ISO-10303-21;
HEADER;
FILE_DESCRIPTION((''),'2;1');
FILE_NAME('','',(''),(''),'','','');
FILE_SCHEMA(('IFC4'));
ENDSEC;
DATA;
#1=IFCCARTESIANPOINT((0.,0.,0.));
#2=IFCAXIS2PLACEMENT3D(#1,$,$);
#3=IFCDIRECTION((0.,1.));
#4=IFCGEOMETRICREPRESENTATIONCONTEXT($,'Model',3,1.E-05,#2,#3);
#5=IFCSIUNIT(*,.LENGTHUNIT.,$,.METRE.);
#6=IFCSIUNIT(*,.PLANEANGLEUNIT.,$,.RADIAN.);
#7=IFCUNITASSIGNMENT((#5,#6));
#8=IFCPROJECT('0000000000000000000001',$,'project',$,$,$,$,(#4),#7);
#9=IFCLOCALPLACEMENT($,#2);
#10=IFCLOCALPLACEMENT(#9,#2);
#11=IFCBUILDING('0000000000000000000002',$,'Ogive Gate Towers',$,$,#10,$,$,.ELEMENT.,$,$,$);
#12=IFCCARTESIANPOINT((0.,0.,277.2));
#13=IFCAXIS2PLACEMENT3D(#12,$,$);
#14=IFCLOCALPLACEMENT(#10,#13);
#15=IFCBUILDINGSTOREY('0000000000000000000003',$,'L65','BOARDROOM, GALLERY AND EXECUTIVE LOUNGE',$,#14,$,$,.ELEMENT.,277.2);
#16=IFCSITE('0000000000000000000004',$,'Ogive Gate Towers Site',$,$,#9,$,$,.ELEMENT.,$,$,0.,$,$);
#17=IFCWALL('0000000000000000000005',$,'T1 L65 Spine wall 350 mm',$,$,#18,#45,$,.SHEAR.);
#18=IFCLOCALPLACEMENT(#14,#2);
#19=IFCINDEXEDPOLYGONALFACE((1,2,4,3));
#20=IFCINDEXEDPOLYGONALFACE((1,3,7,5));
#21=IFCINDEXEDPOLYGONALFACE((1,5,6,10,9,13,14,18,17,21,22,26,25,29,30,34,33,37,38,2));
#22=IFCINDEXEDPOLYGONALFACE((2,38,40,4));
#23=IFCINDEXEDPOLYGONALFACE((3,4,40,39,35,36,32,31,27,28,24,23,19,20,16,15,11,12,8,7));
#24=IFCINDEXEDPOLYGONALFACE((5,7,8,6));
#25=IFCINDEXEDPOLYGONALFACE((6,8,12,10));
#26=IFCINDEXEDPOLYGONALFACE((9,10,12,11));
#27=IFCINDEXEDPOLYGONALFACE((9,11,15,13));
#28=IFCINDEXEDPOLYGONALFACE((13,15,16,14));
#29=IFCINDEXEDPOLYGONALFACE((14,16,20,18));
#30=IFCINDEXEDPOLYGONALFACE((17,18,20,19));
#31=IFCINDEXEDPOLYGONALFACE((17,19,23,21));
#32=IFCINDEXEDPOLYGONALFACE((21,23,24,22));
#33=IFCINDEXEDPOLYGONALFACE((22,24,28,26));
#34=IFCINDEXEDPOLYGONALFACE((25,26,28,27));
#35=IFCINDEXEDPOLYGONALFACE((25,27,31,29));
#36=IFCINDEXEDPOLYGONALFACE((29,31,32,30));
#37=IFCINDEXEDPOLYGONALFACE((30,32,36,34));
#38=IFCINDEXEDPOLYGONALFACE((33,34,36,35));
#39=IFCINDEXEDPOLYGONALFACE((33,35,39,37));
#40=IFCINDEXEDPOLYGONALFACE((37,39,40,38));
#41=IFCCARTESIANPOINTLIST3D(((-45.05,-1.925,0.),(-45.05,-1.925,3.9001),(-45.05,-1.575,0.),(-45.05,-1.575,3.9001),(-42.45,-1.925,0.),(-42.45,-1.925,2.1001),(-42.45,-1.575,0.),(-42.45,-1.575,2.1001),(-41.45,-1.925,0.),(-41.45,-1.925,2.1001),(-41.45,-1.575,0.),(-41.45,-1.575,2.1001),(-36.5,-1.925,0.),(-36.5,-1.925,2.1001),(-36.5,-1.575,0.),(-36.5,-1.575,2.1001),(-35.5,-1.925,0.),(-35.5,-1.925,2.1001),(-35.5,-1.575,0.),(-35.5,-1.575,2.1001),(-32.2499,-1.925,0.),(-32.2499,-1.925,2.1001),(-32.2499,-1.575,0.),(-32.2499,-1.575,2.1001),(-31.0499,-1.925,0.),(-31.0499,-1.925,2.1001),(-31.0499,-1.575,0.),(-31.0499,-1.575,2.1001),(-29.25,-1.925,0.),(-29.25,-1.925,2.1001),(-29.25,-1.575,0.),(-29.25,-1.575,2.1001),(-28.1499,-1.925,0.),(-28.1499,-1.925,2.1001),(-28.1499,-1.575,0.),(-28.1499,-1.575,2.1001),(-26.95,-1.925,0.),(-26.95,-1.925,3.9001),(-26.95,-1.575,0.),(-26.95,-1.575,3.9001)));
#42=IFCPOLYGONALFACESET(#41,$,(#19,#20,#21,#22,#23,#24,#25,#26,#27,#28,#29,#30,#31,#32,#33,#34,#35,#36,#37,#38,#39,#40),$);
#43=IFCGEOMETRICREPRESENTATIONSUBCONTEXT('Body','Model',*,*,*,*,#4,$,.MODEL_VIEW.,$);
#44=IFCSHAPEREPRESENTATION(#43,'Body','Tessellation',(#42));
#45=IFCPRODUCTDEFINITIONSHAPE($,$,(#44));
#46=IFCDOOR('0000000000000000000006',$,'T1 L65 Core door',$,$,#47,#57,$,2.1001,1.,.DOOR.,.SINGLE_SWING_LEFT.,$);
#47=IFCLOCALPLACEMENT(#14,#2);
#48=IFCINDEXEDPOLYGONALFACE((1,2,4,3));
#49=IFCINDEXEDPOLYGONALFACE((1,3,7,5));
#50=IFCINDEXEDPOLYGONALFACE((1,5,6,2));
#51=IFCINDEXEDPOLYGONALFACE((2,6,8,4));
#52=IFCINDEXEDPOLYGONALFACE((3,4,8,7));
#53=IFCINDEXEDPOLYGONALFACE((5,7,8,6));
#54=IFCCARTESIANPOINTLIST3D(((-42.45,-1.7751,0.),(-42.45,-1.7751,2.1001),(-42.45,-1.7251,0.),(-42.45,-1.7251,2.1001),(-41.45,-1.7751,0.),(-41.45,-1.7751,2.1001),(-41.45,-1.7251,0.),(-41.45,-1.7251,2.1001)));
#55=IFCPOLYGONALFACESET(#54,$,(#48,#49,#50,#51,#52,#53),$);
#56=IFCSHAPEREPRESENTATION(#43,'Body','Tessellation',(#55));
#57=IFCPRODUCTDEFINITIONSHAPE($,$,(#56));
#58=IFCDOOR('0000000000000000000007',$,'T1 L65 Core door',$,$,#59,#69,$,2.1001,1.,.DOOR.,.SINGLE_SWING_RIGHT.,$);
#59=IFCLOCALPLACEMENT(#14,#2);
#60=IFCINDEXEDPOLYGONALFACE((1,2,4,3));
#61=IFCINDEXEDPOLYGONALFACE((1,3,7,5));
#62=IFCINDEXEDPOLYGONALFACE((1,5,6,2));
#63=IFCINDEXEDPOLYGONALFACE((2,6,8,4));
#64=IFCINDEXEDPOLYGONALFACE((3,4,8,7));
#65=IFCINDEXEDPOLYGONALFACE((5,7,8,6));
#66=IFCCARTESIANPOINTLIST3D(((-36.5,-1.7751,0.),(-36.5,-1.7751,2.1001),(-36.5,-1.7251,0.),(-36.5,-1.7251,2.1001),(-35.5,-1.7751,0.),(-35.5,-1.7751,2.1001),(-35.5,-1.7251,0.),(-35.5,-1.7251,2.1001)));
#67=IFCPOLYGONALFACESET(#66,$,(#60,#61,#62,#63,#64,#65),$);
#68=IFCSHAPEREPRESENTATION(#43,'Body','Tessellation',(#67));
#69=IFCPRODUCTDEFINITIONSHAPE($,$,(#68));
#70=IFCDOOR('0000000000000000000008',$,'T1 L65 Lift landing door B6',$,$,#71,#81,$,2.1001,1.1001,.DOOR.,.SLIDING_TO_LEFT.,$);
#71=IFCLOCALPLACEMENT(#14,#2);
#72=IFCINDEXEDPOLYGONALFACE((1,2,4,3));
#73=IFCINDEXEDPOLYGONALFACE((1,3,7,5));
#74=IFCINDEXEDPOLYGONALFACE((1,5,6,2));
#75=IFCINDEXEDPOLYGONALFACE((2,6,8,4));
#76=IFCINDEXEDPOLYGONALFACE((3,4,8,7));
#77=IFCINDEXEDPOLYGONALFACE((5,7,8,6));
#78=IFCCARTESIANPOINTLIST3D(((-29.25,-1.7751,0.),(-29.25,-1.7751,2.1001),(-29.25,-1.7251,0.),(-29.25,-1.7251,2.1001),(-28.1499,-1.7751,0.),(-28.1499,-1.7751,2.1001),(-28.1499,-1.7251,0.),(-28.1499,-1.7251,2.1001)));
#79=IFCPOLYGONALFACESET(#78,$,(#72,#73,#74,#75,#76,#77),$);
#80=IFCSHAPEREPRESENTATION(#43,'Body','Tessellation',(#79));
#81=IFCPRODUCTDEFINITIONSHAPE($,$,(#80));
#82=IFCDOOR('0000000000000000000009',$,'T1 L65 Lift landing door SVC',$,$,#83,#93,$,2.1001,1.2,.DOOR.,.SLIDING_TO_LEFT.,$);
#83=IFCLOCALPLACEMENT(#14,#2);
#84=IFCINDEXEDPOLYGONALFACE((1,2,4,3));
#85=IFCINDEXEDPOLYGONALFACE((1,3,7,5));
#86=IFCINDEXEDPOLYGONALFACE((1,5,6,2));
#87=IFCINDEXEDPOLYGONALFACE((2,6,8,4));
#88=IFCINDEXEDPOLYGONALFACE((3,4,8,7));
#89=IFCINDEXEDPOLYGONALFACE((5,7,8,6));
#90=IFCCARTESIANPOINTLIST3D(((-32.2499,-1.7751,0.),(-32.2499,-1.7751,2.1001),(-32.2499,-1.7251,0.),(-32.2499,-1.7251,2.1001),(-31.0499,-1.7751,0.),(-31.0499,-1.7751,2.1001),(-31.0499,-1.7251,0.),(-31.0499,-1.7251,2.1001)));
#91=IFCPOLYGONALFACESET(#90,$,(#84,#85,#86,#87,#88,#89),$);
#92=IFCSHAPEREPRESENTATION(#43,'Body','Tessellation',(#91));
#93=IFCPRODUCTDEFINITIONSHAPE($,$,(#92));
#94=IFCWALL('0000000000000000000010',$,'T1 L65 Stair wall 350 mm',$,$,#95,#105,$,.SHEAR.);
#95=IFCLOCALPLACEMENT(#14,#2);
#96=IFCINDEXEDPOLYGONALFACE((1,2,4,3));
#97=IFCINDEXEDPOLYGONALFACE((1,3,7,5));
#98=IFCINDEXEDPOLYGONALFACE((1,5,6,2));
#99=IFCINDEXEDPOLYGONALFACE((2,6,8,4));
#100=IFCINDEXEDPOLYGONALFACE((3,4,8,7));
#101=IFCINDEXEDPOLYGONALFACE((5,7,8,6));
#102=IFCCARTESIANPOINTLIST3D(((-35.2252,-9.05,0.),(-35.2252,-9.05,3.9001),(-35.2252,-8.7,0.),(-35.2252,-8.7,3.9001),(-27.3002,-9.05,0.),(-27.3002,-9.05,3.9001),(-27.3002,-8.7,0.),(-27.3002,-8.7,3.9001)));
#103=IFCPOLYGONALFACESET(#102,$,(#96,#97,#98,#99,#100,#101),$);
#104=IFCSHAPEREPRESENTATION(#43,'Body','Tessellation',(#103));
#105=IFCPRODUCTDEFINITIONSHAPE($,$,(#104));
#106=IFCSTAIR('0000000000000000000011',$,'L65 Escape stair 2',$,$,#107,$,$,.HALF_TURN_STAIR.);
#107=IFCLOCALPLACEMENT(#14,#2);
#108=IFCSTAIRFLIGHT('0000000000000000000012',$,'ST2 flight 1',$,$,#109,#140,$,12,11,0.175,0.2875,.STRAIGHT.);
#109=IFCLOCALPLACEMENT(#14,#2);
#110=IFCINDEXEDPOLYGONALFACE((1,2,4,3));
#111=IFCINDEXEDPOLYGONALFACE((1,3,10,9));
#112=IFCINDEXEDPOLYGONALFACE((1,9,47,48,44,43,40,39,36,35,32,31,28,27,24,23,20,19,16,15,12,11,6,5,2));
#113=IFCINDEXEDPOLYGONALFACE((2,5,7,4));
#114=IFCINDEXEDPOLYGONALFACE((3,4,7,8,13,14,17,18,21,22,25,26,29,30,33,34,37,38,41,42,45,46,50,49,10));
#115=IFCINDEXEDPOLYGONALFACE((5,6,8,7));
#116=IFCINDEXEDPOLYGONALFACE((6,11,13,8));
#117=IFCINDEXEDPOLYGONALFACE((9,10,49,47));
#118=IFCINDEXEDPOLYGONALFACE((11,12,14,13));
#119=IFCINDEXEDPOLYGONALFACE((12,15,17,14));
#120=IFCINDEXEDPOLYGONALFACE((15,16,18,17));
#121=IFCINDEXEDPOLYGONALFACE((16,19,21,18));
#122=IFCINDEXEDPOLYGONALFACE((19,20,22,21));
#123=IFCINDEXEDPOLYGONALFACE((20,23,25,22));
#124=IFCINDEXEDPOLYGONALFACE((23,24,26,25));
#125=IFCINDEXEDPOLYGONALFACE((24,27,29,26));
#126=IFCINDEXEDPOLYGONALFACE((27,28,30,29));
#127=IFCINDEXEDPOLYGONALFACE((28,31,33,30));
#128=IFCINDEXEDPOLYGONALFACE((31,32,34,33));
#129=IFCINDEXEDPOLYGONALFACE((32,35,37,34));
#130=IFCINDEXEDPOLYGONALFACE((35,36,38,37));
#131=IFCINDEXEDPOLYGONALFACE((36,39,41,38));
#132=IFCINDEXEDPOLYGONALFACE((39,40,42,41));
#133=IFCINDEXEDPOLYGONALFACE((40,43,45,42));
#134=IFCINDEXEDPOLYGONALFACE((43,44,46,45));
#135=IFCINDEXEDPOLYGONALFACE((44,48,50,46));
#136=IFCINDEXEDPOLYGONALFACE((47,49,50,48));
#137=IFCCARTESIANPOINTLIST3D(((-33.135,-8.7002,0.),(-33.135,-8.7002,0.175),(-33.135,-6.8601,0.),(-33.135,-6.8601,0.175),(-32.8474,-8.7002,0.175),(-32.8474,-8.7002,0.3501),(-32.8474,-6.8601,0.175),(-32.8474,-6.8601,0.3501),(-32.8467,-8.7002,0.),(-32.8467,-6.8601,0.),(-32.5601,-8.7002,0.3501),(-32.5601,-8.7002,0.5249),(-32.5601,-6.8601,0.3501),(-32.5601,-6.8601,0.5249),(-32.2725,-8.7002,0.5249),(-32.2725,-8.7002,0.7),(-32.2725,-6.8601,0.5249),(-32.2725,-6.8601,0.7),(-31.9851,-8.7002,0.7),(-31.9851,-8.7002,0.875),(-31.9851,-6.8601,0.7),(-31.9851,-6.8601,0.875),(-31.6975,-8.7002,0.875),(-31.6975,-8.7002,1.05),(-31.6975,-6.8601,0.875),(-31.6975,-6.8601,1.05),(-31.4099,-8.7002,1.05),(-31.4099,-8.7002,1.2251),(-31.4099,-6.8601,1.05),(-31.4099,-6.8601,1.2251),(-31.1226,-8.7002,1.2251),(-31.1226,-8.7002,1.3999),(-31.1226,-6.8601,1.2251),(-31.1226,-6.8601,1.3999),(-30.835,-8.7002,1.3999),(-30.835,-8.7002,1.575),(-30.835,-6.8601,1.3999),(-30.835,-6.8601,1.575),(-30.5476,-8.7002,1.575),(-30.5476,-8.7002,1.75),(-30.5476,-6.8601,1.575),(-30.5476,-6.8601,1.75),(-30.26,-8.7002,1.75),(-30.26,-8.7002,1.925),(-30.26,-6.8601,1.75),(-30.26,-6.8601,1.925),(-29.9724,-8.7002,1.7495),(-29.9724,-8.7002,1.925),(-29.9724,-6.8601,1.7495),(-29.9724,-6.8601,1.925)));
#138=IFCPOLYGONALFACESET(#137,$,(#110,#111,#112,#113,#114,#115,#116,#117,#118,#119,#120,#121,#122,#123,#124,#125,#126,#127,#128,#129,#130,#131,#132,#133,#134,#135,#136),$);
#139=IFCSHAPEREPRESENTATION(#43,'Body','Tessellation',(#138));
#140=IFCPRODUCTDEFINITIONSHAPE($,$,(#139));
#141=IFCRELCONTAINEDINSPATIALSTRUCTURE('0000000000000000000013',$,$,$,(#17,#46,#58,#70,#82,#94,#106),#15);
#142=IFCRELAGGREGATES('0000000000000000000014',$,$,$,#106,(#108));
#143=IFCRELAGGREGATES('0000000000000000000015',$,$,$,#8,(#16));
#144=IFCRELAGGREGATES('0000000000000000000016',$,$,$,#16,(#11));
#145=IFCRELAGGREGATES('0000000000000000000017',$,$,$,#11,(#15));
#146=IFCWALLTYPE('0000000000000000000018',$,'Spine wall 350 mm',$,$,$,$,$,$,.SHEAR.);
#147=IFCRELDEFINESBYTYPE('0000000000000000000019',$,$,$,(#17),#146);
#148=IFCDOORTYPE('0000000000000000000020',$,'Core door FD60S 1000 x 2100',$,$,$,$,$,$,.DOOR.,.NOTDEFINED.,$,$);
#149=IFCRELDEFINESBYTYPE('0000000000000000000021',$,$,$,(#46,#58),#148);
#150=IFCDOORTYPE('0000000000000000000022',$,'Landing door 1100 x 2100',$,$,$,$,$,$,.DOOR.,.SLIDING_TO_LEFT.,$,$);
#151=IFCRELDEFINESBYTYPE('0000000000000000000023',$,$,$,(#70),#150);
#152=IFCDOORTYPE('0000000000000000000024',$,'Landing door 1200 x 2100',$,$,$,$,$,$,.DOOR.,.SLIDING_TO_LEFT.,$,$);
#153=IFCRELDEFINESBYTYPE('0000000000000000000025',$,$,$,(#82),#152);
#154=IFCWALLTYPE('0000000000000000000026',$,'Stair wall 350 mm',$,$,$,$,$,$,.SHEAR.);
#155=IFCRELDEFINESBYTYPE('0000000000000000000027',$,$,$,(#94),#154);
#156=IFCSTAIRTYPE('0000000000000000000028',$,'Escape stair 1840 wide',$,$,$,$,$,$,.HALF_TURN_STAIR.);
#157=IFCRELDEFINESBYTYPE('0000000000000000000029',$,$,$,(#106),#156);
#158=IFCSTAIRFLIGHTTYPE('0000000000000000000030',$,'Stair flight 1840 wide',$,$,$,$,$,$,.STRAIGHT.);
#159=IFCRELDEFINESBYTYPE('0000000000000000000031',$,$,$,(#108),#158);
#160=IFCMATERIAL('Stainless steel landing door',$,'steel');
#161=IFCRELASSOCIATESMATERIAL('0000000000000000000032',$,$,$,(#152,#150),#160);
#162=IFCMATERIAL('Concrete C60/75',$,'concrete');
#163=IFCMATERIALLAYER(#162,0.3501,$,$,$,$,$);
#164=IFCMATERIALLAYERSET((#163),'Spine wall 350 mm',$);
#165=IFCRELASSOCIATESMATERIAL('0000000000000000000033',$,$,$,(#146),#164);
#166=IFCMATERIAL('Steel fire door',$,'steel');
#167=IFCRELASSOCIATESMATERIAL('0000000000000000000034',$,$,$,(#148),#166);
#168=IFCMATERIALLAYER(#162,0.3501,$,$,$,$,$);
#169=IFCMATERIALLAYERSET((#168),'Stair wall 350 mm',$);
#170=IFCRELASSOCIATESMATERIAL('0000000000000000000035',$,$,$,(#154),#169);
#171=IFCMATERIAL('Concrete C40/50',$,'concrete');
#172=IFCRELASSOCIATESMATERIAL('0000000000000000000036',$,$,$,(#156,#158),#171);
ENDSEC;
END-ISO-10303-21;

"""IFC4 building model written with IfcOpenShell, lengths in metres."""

from ifc_helpers import new_model, si_unit, direction, frame, frame_2d, origin, place, context, subcontext, project, spatial, polyline, rectangle, outline, extrude, material, layer, layer_set, type_object, element, fill, aggregate, save


model = new_model("IFC4")

# Units and contexts
model_context = context("Model", 3, precision=1e-05, world=origin(), true_north=direction((0.0, 1.0)))
body_context = subcontext(model_context, "Body", "Model", "MODEL_VIEW")
ifc_project = project(units=[si_unit("LENGTHUNIT", "METRE"), si_unit("PLANEANGLEUNIT", "RADIAN")], contexts=[model_context])

# Site, building, storey
site_placement = place(None, origin())
site = spatial("IfcSite", under=ifc_project, at=site_placement, Name="Ogive Gate Towers Site", CompositionType="ELEMENT", RefElevation=0.0)
building_placement = place(site_placement, origin())
building = spatial("IfcBuilding", under=site, at=building_placement, Name="Ogive Gate Towers", CompositionType="ELEMENT")
storey_placement = place(building_placement, frame((0.0, 0.0, 277.2)))
storey = spatial("IfcBuildingStorey", under=building, at=storey_placement, Name="L65", Description="BOARDROOM, GALLERY AND EXECUTIVE LOUNGE", CompositionType="ELEMENT", Elevation=277.2)

# Shared definitions
ifc_material_1 = material(Name="Concrete C60/75", Category="concrete")

# Shared definitions
ifc_material_2 = material(Name="Stainless steel landing door", Category="steel")
door_type_1 = type_object("IfcDoorType", Name="Landing door 1200 x 2100", OperationType="SLIDING_TO_LEFT", PredefinedType="DOOR", material=ifc_material_2)
ifc_material_3 = material(Name="Steel fire door", Category="steel")

# Wall, openings, doors
ifc_layer_1 = layer(ifc_material_1, 0.3501)
ifc_layer_set_1 = layer_set([ifc_layer_1], Name="Spine wall 350 mm")
wall_type_1 = type_object("IfcWallType", Name="Spine wall 350 mm", PredefinedType="SHEAR", material=ifc_layer_set_1)
wall_1_placement = place(storey_placement, frame((-45.05, -1.75, 0.0), z_axis=(0.0, 0.0, 1.0), x_axis=(1.0, 0.0, 0.0)))
wall_1 = element("IfcWall", 1, at=wall_1_placement, inside=storey, type_object=wall_type_1, Name="T1 L65 Spine wall 350 mm", PredefinedType="SHEAR", context=body_context, shape_type="SweptSolid", body=[
    extrude(rectangle(XDim=18.1001, YDim=0.3501, at=frame_2d((9.05, 0.0))), origin(), (0.0, 0.0, 1.0), 3.9001),
])
opening_1_placement = place(wall_1_placement, frame((12.8, 0.0, 0.0)))
opening_1 = element("IfcOpeningElement", 2, at=opening_1_placement, cuts=wall_1, PredefinedType="OPENING", context=body_context, shape_type="SweptSolid", body=[
    extrude(rectangle(XDim=1.2, YDim=2.1001, at=frame_2d((0.6001, 1.05))), frame((0.0, 0.1851, 0.0), z_axis=(0.0, -1.0, 0.0), x_axis=(1.0, 0.0, 0.0)), (0.0, 0.0, 1.0), 0.3701),
])
opening_2_placement = place(wall_1_placement, frame((15.8, 0.0, 0.0)))
opening_2 = element("IfcOpeningElement", 3, at=opening_2_placement, cuts=wall_1, PredefinedType="OPENING", context=body_context, shape_type="SweptSolid", body=[
    extrude(rectangle(XDim=1.1001, YDim=2.1001, at=frame_2d((0.55, 1.05))), frame((0.0, 0.1851, 0.0), z_axis=(0.0, -1.0, 0.0), x_axis=(1.0, 0.0, 0.0)), (0.0, 0.0, 1.0), 0.3701),
])
opening_3_placement = place(wall_1_placement, frame((2.6001, 0.0, 0.0)))
opening_3 = element("IfcOpeningElement", 4, at=opening_3_placement, cuts=wall_1, PredefinedType="OPENING", context=body_context, shape_type="SweptSolid", body=[
    extrude(rectangle(XDim=1.0, YDim=2.1001, at=frame_2d((0.5, 1.05))), frame((0.0, 0.1851, 0.0), z_axis=(0.0, -1.0, 0.0), x_axis=(1.0, 0.0, 0.0)), (0.0, 0.0, 1.0), 0.3701),
])
opening_4_placement = place(wall_1_placement, frame((8.55, 0.0, 0.0)))
opening_4 = element("IfcOpeningElement", 5, at=opening_4_placement, cuts=wall_1, PredefinedType="OPENING", context=body_context, shape_type="SweptSolid", body=[
    extrude(rectangle(XDim=1.0, YDim=2.1001, at=frame_2d((0.5, 1.05))), frame((0.0, 0.1851, 0.0), z_axis=(0.0, -1.0, 0.0), x_axis=(1.0, 0.0, 0.0)), (0.0, 0.0, 1.0), 0.3701),
])
door_type_2 = type_object("IfcDoorType", Name="Core door FD60S 1000 x 2100", OperationType="NOTDEFINED", PredefinedType="DOOR", material=ifc_material_3)
door_1_placement = place(opening_3_placement, origin())
door_1 = element("IfcDoor", 6, at=door_1_placement, inside=storey, type_object=door_type_2, Name="T1 L65 Core door", OperationType="SINGLE_SWING_LEFT", OverallHeight=2.1001, OverallWidth=1.0, PredefinedType="DOOR", context=body_context, shape_type="SweptSolid", body=[
    extrude(rectangle(XDim=1.0, YDim=2.1001, at=frame_2d((0.5, 1.05))), frame((0.0, 0.0249, 0.0), z_axis=(0.0, -1.0, 0.0), x_axis=(1.0, 0.0, 0.0)), (0.0, 0.0, 1.0), 0.05),
])
fill(opening_3, door_1)
door_2_placement = place(opening_4_placement, origin())
door_2 = element("IfcDoor", 7, at=door_2_placement, inside=storey, type_object=door_type_2, Name="T1 L65 Core door", OperationType="SINGLE_SWING_RIGHT", OverallHeight=2.1001, OverallWidth=1.0, PredefinedType="DOOR", context=body_context, shape_type="SweptSolid", body=[
    extrude(rectangle(XDim=1.0, YDim=2.1001, at=frame_2d((0.5, 1.05))), frame((0.0, 0.0249, 0.0), z_axis=(0.0, -1.0, 0.0), x_axis=(1.0, 0.0, 0.0)), (0.0, 0.0, 1.0), 0.05),
])
fill(opening_4, door_2)
door_type_3 = type_object("IfcDoorType", Name="Landing door 1100 x 2100", OperationType="SLIDING_TO_LEFT", PredefinedType="DOOR", material=ifc_material_2)
door_3_placement = place(opening_2_placement, origin())
door_3 = element("IfcDoor", 8, at=door_3_placement, inside=storey, type_object=door_type_3, Name="T1 L65 Lift landing door B6", OperationType="SLIDING_TO_LEFT", OverallHeight=2.1001, OverallWidth=1.1001, PredefinedType="DOOR", context=body_context, shape_type="SweptSolid", body=[
    extrude(rectangle(XDim=1.1001, YDim=2.1001, at=frame_2d((0.55, 1.05))), frame((0.0, 0.0249, 0.0), z_axis=(0.0, -1.0, 0.0), x_axis=(1.0, 0.0, 0.0)), (0.0, 0.0, 1.0), 0.05),
])
fill(opening_2, door_3)
door_4_placement = place(opening_1_placement, origin())
door_4 = element("IfcDoor", 9, at=door_4_placement, inside=storey, type_object=door_type_1, Name="T1 L65 Lift landing door SVC", OperationType="SLIDING_TO_LEFT", OverallHeight=2.1001, OverallWidth=1.2, PredefinedType="DOOR", context=body_context, shape_type="SweptSolid", body=[
    extrude(rectangle(XDim=1.2, YDim=2.1001, at=frame_2d((0.6001, 1.05))), frame((0.0, 0.0249, 0.0), z_axis=(0.0, -1.0, 0.0), x_axis=(1.0, 0.0, 0.0)), (0.0, 0.0, 1.0), 0.05),
])
fill(opening_1, door_4)

# Wall
ifc_layer_2 = layer(ifc_material_1, 0.3501)
ifc_layer_set_2 = layer_set([ifc_layer_2], Name="Stair wall 350 mm")
wall_type_2 = type_object("IfcWallType", Name="Stair wall 350 mm", PredefinedType="SHEAR", material=ifc_layer_set_2)
wall_2_placement = place(storey_placement, frame((-35.2251, -8.875, 0.0), z_axis=(0.0, 0.0, 1.0), x_axis=(1.0, 0.0, 0.0)))
element("IfcWall", 10, at=wall_2_placement, inside=storey, type_object=wall_type_2, Name="T1 L65 Stair wall 350 mm", PredefinedType="SHEAR", context=body_context, shape_type="SweptSolid", body=[
    extrude(rectangle(XDim=7.925, YDim=0.3501, at=frame_2d((3.9624, 0.0))), origin(), (0.0, 0.0, 1.0), 3.9001),
])

# Stair, stair flight
ifc_material_4 = material(Name="Concrete C40/50", Category="concrete")
stair_type = type_object("IfcStairType", Name="Escape stair 1840 wide", PredefinedType="HALF_TURN_STAIR", material=ifc_material_4)
stair_placement = place(storey_placement, origin())
stair = element("IfcStair", 11, at=stair_placement, inside=storey, type_object=stair_type, Name="L65 Escape stair 2", PredefinedType="HALF_TURN_STAIR")
stair_flight_type = type_object("IfcStairFlightType", Name="Stair flight 1840 wide", PredefinedType="STRAIGHT", material=ifc_material_4)
stair_flight_placement = place(storey_placement, frame((-33.135, -7.78, 0.0), z_axis=(0.0, 0.0, 1.0), x_axis=(1.0, 0.0, 0.0)))
stair_flight = element("IfcStairFlight", 12, at=stair_flight_placement, type_object=stair_flight_type, Name="ST2 flight 1", NumberOfRisers=12, NumberOfTreads=11, PredefinedType="STRAIGHT", RiserHeight=0.175, TreadLength=0.2875, context=body_context, shape_type="SweptSolid", body=[
    extrude(outline(polyline([(0.0, 0.0), (0.0, 0.175), (0.2876, 0.175), (0.2876, 0.3501), (0.575, 0.3501), (0.575, 0.5249), (0.8625, 0.5249), (0.8625, 0.7), (1.1499, 0.7), (1.1499, 0.875), (1.4375, 0.875), (1.4375, 1.05), (1.7251, 1.05), (1.7251, 1.2251), (2.0125, 1.2251), (2.0125, 1.3999), (2.3, 1.3999), (2.3, 1.575), (2.5874, 1.575), (2.5874, 1.75), (2.875, 1.75), (2.875, 1.925), (3.1626, 1.925), (3.1626, 2.1001), (3.1626, 1.7495), (0.2883, 0.0), (0.0, 0.0)])), frame((0.0, 0.9199, 0.0), z_axis=(0.0, -1.0, 0.0), x_axis=(1.0, 0.0, 0.0)), (0.0, 0.0, 1.0), 1.8401),
])
aggregate(stair, [stair_flight])

save(model, "model.ifc")
